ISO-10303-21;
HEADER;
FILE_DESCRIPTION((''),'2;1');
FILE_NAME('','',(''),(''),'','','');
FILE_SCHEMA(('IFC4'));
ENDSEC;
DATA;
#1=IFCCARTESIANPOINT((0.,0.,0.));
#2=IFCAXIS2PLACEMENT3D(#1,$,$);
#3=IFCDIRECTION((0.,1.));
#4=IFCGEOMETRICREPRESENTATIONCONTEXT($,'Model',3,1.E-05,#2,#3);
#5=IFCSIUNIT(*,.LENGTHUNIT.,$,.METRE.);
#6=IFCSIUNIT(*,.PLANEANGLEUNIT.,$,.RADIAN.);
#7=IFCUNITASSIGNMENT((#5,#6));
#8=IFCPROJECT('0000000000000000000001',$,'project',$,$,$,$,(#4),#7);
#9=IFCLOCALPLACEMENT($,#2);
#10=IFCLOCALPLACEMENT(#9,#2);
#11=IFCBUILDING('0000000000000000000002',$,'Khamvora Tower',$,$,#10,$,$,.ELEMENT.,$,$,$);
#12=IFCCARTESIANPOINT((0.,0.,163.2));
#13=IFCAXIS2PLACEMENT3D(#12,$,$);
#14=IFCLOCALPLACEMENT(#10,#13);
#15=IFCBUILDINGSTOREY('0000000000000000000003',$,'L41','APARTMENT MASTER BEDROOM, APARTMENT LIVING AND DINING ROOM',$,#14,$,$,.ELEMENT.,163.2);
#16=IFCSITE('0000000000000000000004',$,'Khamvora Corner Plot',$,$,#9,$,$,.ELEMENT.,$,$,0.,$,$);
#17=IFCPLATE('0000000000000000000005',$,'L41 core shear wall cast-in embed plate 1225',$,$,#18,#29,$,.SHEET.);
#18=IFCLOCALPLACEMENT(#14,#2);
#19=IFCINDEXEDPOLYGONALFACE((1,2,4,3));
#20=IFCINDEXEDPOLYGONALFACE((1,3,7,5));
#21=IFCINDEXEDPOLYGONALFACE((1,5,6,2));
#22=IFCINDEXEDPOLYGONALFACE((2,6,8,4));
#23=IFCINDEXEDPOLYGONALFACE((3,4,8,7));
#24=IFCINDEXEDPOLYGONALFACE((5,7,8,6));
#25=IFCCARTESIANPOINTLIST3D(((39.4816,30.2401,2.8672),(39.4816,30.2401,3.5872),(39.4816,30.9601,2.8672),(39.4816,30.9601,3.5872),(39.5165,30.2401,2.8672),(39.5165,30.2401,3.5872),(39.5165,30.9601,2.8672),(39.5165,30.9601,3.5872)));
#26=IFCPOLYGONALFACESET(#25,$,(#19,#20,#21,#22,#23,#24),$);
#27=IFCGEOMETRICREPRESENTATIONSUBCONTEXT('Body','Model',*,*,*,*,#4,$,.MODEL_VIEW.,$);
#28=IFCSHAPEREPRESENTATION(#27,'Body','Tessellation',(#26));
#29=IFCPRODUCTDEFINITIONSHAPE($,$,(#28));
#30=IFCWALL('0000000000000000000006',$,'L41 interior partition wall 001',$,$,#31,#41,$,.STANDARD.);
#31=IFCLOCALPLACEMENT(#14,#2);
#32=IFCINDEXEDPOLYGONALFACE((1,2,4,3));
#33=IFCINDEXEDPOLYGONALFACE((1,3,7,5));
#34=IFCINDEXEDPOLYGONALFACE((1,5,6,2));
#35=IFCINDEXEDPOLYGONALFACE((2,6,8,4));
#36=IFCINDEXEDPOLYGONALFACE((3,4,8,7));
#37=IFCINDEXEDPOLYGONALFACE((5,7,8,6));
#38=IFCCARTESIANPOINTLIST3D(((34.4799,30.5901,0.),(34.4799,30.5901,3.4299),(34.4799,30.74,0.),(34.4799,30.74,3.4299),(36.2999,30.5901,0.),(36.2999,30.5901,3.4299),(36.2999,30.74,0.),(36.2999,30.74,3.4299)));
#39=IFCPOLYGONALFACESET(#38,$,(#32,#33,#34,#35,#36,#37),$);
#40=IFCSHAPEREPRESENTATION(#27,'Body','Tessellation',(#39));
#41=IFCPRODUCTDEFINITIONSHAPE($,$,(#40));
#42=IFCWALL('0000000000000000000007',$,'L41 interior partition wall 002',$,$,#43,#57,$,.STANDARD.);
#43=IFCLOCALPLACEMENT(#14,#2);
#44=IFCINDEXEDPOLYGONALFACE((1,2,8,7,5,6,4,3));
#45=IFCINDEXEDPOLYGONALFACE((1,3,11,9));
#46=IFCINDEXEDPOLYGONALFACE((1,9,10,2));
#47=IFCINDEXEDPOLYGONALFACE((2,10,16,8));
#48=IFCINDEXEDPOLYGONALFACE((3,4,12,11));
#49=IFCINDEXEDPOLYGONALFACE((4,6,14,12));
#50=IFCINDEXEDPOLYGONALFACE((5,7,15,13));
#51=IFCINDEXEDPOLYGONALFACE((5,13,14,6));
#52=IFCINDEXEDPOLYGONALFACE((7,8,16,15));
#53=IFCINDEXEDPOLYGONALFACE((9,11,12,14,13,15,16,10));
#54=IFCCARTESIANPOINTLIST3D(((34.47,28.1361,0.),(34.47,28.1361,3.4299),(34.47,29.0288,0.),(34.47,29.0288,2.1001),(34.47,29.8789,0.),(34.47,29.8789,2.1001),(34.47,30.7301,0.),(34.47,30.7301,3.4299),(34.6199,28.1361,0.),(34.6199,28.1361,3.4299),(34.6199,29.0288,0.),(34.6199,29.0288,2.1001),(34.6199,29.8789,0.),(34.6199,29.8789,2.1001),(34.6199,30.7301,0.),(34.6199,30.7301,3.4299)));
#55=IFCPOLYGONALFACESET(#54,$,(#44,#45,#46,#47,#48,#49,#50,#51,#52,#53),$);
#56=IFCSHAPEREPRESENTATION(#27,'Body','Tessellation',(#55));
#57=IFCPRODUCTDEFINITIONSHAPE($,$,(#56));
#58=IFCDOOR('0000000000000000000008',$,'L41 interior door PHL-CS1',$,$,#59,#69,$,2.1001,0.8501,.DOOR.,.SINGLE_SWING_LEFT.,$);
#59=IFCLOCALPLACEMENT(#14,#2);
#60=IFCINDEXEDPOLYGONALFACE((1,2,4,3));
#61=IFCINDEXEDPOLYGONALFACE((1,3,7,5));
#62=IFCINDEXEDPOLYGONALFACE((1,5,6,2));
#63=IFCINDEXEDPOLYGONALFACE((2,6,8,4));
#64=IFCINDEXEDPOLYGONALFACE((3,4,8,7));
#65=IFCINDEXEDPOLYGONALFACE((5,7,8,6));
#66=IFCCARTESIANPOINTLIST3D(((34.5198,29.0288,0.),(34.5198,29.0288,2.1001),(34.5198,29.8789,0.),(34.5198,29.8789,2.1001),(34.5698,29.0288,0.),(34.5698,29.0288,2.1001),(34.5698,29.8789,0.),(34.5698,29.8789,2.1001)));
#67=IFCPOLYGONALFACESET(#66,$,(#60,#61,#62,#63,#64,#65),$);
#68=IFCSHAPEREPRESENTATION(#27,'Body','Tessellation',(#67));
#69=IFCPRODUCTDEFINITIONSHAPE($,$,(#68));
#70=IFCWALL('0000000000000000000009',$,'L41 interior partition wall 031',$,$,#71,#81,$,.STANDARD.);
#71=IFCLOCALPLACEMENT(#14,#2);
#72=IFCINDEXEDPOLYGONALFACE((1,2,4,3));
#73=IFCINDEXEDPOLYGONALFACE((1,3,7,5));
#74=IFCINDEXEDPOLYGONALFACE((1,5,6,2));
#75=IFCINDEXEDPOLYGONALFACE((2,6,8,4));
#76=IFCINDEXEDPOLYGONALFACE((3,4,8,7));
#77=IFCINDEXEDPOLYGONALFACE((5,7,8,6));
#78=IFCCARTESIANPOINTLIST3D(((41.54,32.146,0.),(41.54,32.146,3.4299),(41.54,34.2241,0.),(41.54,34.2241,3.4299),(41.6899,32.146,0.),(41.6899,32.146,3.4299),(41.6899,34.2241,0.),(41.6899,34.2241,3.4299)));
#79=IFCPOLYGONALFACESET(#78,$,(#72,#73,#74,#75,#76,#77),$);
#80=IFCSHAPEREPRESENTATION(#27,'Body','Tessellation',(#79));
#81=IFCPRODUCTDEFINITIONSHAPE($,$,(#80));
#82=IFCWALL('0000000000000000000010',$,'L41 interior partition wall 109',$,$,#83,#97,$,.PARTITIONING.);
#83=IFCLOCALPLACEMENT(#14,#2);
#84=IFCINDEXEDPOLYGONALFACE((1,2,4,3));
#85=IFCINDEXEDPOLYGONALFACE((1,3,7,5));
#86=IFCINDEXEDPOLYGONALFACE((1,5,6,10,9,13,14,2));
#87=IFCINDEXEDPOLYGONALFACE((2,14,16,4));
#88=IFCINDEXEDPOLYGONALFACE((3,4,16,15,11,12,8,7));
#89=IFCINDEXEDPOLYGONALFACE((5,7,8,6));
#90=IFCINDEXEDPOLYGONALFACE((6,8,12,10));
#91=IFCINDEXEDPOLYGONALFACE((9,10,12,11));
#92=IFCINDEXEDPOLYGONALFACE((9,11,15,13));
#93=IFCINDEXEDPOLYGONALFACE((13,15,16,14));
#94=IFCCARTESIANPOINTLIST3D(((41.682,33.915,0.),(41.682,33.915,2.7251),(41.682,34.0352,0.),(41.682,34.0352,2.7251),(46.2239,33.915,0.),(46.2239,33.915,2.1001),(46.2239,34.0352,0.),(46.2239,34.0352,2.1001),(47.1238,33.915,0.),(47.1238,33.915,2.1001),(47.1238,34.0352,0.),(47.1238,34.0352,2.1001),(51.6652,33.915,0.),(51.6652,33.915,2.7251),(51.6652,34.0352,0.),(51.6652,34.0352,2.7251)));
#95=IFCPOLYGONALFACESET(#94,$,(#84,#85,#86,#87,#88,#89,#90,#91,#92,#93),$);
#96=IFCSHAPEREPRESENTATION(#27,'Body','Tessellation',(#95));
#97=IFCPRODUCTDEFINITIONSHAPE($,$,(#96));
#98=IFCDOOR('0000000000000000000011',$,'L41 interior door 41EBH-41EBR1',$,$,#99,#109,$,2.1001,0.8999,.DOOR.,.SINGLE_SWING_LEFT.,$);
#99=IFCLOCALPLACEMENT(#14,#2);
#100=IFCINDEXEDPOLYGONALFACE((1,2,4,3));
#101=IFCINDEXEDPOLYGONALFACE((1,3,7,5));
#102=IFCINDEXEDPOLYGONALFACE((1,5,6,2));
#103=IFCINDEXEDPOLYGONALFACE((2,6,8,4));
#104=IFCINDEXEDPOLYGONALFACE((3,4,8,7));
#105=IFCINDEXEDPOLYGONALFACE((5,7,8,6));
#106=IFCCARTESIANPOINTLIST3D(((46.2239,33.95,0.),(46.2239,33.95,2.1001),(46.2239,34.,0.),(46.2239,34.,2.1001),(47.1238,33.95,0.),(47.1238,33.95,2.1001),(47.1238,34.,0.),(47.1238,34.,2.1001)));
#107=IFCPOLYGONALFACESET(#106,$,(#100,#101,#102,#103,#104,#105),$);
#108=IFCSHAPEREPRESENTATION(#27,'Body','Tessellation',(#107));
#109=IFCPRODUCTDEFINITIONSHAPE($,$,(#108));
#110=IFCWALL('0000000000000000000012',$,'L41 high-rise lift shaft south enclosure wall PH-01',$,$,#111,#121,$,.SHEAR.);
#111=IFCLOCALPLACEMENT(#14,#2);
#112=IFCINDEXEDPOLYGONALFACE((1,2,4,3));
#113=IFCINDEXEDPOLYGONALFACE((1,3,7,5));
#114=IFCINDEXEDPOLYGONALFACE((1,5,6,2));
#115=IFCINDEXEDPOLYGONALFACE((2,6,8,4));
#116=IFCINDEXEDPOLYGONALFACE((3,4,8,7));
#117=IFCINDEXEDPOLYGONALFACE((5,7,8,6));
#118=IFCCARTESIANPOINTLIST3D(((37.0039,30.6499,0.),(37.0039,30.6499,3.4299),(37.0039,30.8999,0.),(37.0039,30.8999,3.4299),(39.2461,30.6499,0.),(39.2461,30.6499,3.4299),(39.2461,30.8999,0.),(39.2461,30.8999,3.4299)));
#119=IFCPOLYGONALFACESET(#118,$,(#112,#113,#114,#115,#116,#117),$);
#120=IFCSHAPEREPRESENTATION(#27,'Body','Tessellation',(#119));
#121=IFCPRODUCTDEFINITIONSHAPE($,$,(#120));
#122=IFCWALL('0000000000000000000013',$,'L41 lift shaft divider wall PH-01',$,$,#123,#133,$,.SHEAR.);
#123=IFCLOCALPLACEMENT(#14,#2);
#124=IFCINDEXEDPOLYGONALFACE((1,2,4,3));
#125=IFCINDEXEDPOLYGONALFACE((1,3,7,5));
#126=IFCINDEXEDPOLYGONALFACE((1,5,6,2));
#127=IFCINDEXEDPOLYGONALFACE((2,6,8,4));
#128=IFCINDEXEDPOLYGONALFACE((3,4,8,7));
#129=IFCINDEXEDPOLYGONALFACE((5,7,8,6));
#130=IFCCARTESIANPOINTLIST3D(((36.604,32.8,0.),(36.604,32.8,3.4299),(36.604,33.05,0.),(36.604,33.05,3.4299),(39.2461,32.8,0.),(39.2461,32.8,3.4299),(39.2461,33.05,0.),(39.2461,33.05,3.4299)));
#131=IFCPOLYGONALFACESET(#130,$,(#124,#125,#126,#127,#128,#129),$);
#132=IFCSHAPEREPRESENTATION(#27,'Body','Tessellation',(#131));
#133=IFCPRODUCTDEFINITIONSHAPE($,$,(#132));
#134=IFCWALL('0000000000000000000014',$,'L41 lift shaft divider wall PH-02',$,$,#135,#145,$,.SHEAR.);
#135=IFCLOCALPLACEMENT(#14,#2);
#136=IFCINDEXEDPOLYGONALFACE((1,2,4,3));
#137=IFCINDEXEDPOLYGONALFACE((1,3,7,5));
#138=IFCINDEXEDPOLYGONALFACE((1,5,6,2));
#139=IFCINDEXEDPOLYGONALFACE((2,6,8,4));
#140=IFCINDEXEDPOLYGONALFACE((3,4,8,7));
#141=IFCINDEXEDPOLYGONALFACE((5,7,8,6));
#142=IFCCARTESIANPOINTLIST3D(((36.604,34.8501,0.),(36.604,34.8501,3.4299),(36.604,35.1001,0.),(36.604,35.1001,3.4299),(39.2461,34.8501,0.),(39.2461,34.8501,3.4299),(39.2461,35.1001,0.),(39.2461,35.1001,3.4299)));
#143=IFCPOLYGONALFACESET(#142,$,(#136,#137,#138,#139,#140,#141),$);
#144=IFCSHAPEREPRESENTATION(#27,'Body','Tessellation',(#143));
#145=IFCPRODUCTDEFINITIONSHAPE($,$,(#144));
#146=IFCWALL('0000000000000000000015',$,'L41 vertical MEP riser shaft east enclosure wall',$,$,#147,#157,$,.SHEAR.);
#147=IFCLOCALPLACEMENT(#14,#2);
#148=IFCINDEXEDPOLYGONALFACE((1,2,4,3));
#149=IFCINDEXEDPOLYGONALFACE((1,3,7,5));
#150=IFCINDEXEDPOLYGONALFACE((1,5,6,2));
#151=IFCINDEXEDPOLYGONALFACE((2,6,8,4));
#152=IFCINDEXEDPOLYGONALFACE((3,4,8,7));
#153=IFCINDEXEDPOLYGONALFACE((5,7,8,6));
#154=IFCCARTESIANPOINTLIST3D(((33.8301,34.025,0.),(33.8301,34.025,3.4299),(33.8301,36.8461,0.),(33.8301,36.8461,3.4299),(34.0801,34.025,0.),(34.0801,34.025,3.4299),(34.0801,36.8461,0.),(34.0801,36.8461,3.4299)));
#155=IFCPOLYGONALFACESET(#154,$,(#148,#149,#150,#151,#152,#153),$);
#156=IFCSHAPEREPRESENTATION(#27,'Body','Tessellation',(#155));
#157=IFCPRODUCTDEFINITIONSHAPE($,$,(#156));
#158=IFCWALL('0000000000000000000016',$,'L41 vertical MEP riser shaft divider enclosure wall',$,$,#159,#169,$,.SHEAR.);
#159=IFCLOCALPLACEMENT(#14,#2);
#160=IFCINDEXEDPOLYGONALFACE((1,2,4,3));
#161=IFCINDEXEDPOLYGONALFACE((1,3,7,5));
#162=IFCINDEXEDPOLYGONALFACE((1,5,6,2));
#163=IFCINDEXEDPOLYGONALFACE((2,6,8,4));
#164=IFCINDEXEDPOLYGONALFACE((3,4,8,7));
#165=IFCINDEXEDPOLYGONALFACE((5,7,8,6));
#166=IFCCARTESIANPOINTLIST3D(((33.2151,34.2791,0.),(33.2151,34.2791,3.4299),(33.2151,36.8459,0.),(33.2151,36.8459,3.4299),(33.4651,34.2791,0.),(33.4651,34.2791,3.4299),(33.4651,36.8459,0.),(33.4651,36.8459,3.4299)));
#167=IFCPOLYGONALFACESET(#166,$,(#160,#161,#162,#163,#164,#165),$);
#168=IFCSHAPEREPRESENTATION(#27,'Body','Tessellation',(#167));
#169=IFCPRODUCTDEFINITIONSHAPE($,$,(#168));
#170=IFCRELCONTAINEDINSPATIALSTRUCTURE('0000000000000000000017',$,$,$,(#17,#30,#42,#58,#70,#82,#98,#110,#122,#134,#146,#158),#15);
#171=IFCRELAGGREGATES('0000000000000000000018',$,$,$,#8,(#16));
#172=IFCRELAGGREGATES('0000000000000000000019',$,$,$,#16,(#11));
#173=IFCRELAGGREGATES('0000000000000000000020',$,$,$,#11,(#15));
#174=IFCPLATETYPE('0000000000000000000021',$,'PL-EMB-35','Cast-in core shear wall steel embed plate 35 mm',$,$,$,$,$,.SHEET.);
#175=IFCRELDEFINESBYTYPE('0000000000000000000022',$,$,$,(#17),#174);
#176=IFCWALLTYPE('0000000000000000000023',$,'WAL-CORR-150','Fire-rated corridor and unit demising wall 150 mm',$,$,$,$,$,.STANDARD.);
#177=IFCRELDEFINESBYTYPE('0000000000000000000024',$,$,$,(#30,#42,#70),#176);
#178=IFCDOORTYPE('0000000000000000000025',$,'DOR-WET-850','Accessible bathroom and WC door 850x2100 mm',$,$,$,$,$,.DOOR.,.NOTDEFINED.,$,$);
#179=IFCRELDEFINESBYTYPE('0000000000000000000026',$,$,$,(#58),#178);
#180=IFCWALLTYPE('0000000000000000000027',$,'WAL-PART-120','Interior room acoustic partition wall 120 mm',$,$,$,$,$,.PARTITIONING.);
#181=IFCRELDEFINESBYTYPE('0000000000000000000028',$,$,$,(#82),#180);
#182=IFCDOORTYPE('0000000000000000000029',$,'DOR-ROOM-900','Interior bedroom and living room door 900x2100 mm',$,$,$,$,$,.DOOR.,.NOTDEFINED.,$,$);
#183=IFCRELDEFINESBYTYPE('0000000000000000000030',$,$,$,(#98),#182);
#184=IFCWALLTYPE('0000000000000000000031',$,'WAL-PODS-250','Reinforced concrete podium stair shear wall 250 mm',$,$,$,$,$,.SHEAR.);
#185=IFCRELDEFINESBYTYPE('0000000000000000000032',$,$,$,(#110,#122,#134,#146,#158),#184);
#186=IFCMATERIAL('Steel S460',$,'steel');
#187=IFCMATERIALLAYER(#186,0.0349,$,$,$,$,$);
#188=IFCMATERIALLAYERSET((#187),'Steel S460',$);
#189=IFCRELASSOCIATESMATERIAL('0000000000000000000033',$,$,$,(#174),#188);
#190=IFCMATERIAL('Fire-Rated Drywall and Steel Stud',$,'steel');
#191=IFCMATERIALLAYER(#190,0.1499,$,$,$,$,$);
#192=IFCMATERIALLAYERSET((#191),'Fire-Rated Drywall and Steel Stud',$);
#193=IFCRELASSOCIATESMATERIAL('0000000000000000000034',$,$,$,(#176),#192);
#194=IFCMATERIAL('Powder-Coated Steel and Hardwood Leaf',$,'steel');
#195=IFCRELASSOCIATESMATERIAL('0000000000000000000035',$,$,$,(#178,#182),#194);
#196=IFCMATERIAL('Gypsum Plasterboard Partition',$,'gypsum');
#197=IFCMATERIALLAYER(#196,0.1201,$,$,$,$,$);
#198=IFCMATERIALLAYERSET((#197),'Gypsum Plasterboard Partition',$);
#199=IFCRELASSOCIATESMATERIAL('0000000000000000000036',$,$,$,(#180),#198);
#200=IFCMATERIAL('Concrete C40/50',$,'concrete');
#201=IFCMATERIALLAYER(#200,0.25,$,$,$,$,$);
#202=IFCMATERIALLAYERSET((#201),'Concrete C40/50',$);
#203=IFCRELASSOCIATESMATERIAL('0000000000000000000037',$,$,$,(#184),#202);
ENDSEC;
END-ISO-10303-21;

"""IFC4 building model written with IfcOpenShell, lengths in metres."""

from ifc_helpers import new_model, si_unit, direction, frame, frame_2d, origin, origin_2d, place, context, subcontext, project, spatial, rectangle, extrude, material, layer, layer_set, type_object, element, fill, save


model = new_model("IFC4")

# Units and contexts
model_context = context("Model", 3, precision=1e-05, world=origin(), true_north=direction((0.0, 1.0)))
body_context = subcontext(model_context, "Body", "Model", "MODEL_VIEW")
ifc_project = project(units=[si_unit("LENGTHUNIT", "METRE"), si_unit("PLANEANGLEUNIT", "RADIAN")], contexts=[model_context])

# Site, building, storey
site_placement = place(None, origin())
site = spatial("IfcSite", under=ifc_project, at=site_placement, Name="Khamvora Corner Plot", CompositionType="ELEMENT", RefElevation=0.0)
building_placement = place(site_placement, origin())
building = spatial("IfcBuilding", under=site, at=building_placement, Name="Khamvora Tower", CompositionType="ELEMENT")
storey_placement = place(building_placement, frame((0.0, 0.0, 163.2)))
storey = spatial("IfcBuildingStorey", under=building, at=storey_placement, Name="L41", Description="APARTMENT MASTER BEDROOM, APARTMENT LIVING AND DINING ROOM", CompositionType="ELEMENT", Elevation=163.2)

# Shared definitions
ifc_material_1 = material(Name="Steel S460", Category="steel")

# Plate
ifc_layer_1 = layer(ifc_material_1, 0.0349)
ifc_layer_set_1 = layer_set([ifc_layer_1], Name="Steel S460")
plate_type = type_object("IfcPlateType", Name="PL-EMB-35", Description="Cast-in core shear wall steel embed plate 35 mm", PredefinedType="SHEET", material=ifc_layer_set_1)
for number, where, z_axis, x_axis, name in (
    (1, (39.499, 30.6001, 2.8672), (0.0, 0.0, 1.0), (1.0, 0.0, 0.0), "L41 core shear wall cast-in embed plate 1225"),
):
    element("IfcPlate", number, at=place(storey_placement, frame(where, z_axis=z_axis, x_axis=x_axis)), inside=storey, type_object=plate_type, Name=name, PredefinedType="SHEET", context=body_context, shape_type="SweptSolid", body=[
        extrude(rectangle(XDim=0.0349, YDim=0.72, at=origin_2d()), origin(), (0.0, 0.0, 1.0), 0.72),
    ])

# Shared definitions
ifc_material_2 = material(Name="Powder-Coated Steel and Hardwood Leaf", Category="steel")

# Wall
ifc_material_3 = material(Name="Fire-Rated Drywall and Steel Stud", Category="steel")
ifc_layer_2 = layer(ifc_material_3, 0.1499)
ifc_layer_set_2 = layer_set([ifc_layer_2], Name="Fire-Rated Drywall and Steel Stud")
wall_type_1 = type_object("IfcWallType", Name="WAL-CORR-150", Description="Fire-rated corridor and unit demising wall 150 mm", PredefinedType="STANDARD", material=ifc_layer_set_2)
wall_1_placement = place(storey_placement, frame((36.3, 30.665, 0.0), z_axis=(0.0, 0.0, 1.0), x_axis=(-1.0, 0.0, 0.0)))
element("IfcWall", 2, at=wall_1_placement, inside=storey, type_object=wall_type_1, Name="L41 interior partition wall 001", PredefinedType="STANDARD", context=body_context, shape_type="SweptSolid", body=[
    extrude(rectangle(XDim=1.8201, YDim=0.1499, at=frame_2d((0.9102, 0.0))), origin(), (0.0, 0.0, 1.0), 3.4299),
])

# Wall, opening, door
wall_2_placement = place(storey_placement, frame((34.5449, 30.73, 0.0), z_axis=(0.0, 0.0, 1.0), x_axis=(0.0, -1.0, 0.0)))
wall_2 = element("IfcWall", 3, at=wall_2_placement, inside=storey, type_object=wall_type_1, Name="L41 interior partition wall 002", PredefinedType="STANDARD", context=body_context, shape_type="SweptSolid", body=[
    extrude(rectangle(XDim=2.594, YDim=0.1499, at=frame_2d((1.2969, 0.0))), origin(), (0.0, 0.0, 1.0), 3.4299),
])
opening_1_placement = place(wall_2_placement, frame((0.8511, 0.0, 0.0)))
opening_1 = element("IfcOpeningElement", 4, at=opening_1_placement, cuts=wall_2, PredefinedType="OPENING", context=body_context, shape_type="SweptSolid", body=[
    extrude(rectangle(XDim=0.8501, YDim=2.1001, at=frame_2d((0.425, 1.05))), frame((0.0, 0.085, 0.0), z_axis=(0.0, -1.0, 0.0), x_axis=(1.0, 0.0, 0.0)), (0.0, 0.0, 1.0), 0.1699),
])
door_type_1 = type_object("IfcDoorType", Name="DOR-WET-850", Description="Accessible bathroom and WC door 850x2100 mm", OperationType="NOTDEFINED", PredefinedType="DOOR", material=ifc_material_2)
door_1_placement = place(opening_1_placement, origin())
door_1 = element("IfcDoor", 5, at=door_1_placement, inside=storey, type_object=door_type_1, Name="L41 interior door PHL-CS1", OperationType="SINGLE_SWING_LEFT", OverallHeight=2.1001, OverallWidth=0.8501, PredefinedType="DOOR", context=body_context, shape_type="SweptSolid", body=[
    extrude(rectangle(XDim=0.8501, YDim=2.1001, at=frame_2d((0.425, 1.05))), frame((0.0, 0.0249, 0.0), z_axis=(0.0, -1.0, 0.0), x_axis=(1.0, 0.0, 0.0)), (0.0, 0.0, 1.0), 0.05),
])
fill(opening_1, door_1)

# Wall
wall_3_placement = place(storey_placement, frame((41.615, 34.2241, 0.0), z_axis=(0.0, 0.0, 1.0), x_axis=(0.0, -1.0, 0.0)))
element("IfcWall", 6, at=wall_3_placement, inside=storey, type_object=wall_type_1, Name="L41 interior partition wall 031", PredefinedType="STANDARD", context=body_context, shape_type="SweptSolid", body=[
    extrude(rectangle(XDim=2.0781, YDim=0.1499, at=frame_2d((1.0391, 0.0))), origin(), (0.0, 0.0, 1.0), 3.4299),
])

# Wall, opening, door
ifc_material_4 = material(Name="Gypsum Plasterboard Partition", Category="gypsum")
ifc_layer_3 = layer(ifc_material_4, 0.1201)
ifc_layer_set_3 = layer_set([ifc_layer_3], Name="Gypsum Plasterboard Partition")
wall_type_2 = type_object("IfcWallType", Name="WAL-PART-120", Description="Interior room acoustic partition wall 120 mm", PredefinedType="PARTITIONING", material=ifc_layer_set_3)
wall_4_placement = place(storey_placement, frame((41.6819, 33.9751, 0.0), z_axis=(0.0, 0.0, 1.0), x_axis=(1.0, 0.0, 0.0)))
wall_4 = element("IfcWall", 7, at=wall_4_placement, inside=storey, type_object=wall_type_2, Name="L41 interior partition wall 109", PredefinedType="PARTITIONING", context=body_context, shape_type="SweptSolid", body=[
    extrude(rectangle(XDim=9.9832, YDim=0.1201, at=frame_2d((4.9917, 0.0))), origin(), (0.0, 0.0, 1.0), 2.7251),
])
opening_2_placement = place(wall_4_placement, frame((4.542, 0.0, 0.0)))
opening_2 = element("IfcOpeningElement", 8, at=opening_2_placement, cuts=wall_4, PredefinedType="OPENING", context=body_context, shape_type="SweptSolid", body=[
    extrude(rectangle(XDim=0.8999, YDim=2.1001, at=frame_2d((0.45, 1.05))), frame((0.0, 0.0701, 0.0), z_axis=(0.0, -1.0, 0.0), x_axis=(1.0, 0.0, 0.0)), (0.0, 0.0, 1.0), 0.1401),
])
door_type_2 = type_object("IfcDoorType", Name="DOR-ROOM-900", Description="Interior bedroom and living room door 900x2100 mm", OperationType="NOTDEFINED", PredefinedType="DOOR", material=ifc_material_2)
door_2_placement = place(opening_2_placement, origin())
door_2 = element("IfcDoor", 9, at=door_2_placement, inside=storey, type_object=door_type_2, Name="L41 interior door 41EBH-41EBR1", OperationType="SINGLE_SWING_LEFT", OverallHeight=2.1001, OverallWidth=0.8999, PredefinedType="DOOR", context=body_context, shape_type="SweptSolid", body=[
    extrude(rectangle(XDim=0.8999, YDim=2.1001, at=frame_2d((0.45, 1.05))), frame((0.0, 0.0249, 0.0), z_axis=(0.0, -1.0, 0.0), x_axis=(1.0, 0.0, 0.0)), (0.0, 0.0, 1.0), 0.05),
])
fill(opening_2, door_2)

# Walls
ifc_material_5 = material(Name="Concrete C40/50", Category="concrete")
ifc_layer_4 = layer(ifc_material_5, 0.25)
ifc_layer_set_4 = layer_set([ifc_layer_4], Name="Concrete C40/50")
wall_type_3 = type_object("IfcWallType", Name="WAL-PODS-250", Description="Reinforced concrete podium stair shear wall 250 mm", PredefinedType="SHEAR", material=ifc_layer_set_4)
wall_5_placement = place(storey_placement, frame((37.0039, 30.7749, 0.0), z_axis=(0.0, 0.0, 1.0), x_axis=(1.0, 0.0, 0.0)))
element("IfcWall", 10, at=wall_5_placement, inside=storey, type_object=wall_type_3, Name="L41 high-rise lift shaft south enclosure wall PH-01", PredefinedType="SHEAR", context=body_context, shape_type="SweptSolid", body=[
    extrude(rectangle(XDim=2.2422, YDim=0.25, at=frame_2d((1.1211, 0.0))), origin(), (0.0, 0.0, 1.0), 3.4299),
])
for number, where, z_axis, x_axis, name in (
    (11, (36.604, 32.925, 0.0), (0.0, 0.0, 1.0), (1.0, 0.0, 0.0), "L41 lift shaft divider wall PH-01"),
    (12, (36.604, 34.9751, 0.0), (0.0, 0.0, 1.0), (1.0, 0.0, 0.0), "L41 lift shaft divider wall PH-02"),
):
    element("IfcWall", number, at=place(storey_placement, frame(where, z_axis=z_axis, x_axis=x_axis)), inside=storey, type_object=wall_type_3, Name=name, PredefinedType="SHEAR", context=body_context, shape_type="SweptSolid", body=[
        extrude(rectangle(XDim=2.6421, YDim=0.25, at=frame_2d((1.321, 0.0))), origin(), (0.0, 0.0, 1.0), 3.4299),
    ])
wall_6_placement = place(storey_placement, frame((33.9551, 34.0249, 0.0), z_axis=(0.0, 0.0, 1.0), x_axis=(0.0, 1.0, 0.0)))
element("IfcWall", 13, at=wall_6_placement, inside=storey, type_object=wall_type_3, Name="L41 vertical MEP riser shaft east enclosure wall", PredefinedType="SHEAR", context=body_context, shape_type="SweptSolid", body=[
    extrude(rectangle(XDim=2.821, YDim=0.25, at=frame_2d((1.4106, 0.0))), origin(), (0.0, 0.0, 1.0), 3.4299),
])
wall_7_placement = place(storey_placement, frame((33.3401, 34.2791, 0.0), z_axis=(0.0, 0.0, 1.0), x_axis=(0.0, 1.0, 0.0)))
element("IfcWall", 14, at=wall_7_placement, inside=storey, type_object=wall_type_3, Name="L41 vertical MEP riser shaft divider enclosure wall", PredefinedType="SHEAR", context=body_context, shape_type="SweptSolid", body=[
    extrude(rectangle(XDim=2.5669, YDim=0.25, at=frame_2d((1.2834, 0.0))), origin(), (0.0, 0.0, 1.0), 3.4299),
])

save(model, "model.ifc")
